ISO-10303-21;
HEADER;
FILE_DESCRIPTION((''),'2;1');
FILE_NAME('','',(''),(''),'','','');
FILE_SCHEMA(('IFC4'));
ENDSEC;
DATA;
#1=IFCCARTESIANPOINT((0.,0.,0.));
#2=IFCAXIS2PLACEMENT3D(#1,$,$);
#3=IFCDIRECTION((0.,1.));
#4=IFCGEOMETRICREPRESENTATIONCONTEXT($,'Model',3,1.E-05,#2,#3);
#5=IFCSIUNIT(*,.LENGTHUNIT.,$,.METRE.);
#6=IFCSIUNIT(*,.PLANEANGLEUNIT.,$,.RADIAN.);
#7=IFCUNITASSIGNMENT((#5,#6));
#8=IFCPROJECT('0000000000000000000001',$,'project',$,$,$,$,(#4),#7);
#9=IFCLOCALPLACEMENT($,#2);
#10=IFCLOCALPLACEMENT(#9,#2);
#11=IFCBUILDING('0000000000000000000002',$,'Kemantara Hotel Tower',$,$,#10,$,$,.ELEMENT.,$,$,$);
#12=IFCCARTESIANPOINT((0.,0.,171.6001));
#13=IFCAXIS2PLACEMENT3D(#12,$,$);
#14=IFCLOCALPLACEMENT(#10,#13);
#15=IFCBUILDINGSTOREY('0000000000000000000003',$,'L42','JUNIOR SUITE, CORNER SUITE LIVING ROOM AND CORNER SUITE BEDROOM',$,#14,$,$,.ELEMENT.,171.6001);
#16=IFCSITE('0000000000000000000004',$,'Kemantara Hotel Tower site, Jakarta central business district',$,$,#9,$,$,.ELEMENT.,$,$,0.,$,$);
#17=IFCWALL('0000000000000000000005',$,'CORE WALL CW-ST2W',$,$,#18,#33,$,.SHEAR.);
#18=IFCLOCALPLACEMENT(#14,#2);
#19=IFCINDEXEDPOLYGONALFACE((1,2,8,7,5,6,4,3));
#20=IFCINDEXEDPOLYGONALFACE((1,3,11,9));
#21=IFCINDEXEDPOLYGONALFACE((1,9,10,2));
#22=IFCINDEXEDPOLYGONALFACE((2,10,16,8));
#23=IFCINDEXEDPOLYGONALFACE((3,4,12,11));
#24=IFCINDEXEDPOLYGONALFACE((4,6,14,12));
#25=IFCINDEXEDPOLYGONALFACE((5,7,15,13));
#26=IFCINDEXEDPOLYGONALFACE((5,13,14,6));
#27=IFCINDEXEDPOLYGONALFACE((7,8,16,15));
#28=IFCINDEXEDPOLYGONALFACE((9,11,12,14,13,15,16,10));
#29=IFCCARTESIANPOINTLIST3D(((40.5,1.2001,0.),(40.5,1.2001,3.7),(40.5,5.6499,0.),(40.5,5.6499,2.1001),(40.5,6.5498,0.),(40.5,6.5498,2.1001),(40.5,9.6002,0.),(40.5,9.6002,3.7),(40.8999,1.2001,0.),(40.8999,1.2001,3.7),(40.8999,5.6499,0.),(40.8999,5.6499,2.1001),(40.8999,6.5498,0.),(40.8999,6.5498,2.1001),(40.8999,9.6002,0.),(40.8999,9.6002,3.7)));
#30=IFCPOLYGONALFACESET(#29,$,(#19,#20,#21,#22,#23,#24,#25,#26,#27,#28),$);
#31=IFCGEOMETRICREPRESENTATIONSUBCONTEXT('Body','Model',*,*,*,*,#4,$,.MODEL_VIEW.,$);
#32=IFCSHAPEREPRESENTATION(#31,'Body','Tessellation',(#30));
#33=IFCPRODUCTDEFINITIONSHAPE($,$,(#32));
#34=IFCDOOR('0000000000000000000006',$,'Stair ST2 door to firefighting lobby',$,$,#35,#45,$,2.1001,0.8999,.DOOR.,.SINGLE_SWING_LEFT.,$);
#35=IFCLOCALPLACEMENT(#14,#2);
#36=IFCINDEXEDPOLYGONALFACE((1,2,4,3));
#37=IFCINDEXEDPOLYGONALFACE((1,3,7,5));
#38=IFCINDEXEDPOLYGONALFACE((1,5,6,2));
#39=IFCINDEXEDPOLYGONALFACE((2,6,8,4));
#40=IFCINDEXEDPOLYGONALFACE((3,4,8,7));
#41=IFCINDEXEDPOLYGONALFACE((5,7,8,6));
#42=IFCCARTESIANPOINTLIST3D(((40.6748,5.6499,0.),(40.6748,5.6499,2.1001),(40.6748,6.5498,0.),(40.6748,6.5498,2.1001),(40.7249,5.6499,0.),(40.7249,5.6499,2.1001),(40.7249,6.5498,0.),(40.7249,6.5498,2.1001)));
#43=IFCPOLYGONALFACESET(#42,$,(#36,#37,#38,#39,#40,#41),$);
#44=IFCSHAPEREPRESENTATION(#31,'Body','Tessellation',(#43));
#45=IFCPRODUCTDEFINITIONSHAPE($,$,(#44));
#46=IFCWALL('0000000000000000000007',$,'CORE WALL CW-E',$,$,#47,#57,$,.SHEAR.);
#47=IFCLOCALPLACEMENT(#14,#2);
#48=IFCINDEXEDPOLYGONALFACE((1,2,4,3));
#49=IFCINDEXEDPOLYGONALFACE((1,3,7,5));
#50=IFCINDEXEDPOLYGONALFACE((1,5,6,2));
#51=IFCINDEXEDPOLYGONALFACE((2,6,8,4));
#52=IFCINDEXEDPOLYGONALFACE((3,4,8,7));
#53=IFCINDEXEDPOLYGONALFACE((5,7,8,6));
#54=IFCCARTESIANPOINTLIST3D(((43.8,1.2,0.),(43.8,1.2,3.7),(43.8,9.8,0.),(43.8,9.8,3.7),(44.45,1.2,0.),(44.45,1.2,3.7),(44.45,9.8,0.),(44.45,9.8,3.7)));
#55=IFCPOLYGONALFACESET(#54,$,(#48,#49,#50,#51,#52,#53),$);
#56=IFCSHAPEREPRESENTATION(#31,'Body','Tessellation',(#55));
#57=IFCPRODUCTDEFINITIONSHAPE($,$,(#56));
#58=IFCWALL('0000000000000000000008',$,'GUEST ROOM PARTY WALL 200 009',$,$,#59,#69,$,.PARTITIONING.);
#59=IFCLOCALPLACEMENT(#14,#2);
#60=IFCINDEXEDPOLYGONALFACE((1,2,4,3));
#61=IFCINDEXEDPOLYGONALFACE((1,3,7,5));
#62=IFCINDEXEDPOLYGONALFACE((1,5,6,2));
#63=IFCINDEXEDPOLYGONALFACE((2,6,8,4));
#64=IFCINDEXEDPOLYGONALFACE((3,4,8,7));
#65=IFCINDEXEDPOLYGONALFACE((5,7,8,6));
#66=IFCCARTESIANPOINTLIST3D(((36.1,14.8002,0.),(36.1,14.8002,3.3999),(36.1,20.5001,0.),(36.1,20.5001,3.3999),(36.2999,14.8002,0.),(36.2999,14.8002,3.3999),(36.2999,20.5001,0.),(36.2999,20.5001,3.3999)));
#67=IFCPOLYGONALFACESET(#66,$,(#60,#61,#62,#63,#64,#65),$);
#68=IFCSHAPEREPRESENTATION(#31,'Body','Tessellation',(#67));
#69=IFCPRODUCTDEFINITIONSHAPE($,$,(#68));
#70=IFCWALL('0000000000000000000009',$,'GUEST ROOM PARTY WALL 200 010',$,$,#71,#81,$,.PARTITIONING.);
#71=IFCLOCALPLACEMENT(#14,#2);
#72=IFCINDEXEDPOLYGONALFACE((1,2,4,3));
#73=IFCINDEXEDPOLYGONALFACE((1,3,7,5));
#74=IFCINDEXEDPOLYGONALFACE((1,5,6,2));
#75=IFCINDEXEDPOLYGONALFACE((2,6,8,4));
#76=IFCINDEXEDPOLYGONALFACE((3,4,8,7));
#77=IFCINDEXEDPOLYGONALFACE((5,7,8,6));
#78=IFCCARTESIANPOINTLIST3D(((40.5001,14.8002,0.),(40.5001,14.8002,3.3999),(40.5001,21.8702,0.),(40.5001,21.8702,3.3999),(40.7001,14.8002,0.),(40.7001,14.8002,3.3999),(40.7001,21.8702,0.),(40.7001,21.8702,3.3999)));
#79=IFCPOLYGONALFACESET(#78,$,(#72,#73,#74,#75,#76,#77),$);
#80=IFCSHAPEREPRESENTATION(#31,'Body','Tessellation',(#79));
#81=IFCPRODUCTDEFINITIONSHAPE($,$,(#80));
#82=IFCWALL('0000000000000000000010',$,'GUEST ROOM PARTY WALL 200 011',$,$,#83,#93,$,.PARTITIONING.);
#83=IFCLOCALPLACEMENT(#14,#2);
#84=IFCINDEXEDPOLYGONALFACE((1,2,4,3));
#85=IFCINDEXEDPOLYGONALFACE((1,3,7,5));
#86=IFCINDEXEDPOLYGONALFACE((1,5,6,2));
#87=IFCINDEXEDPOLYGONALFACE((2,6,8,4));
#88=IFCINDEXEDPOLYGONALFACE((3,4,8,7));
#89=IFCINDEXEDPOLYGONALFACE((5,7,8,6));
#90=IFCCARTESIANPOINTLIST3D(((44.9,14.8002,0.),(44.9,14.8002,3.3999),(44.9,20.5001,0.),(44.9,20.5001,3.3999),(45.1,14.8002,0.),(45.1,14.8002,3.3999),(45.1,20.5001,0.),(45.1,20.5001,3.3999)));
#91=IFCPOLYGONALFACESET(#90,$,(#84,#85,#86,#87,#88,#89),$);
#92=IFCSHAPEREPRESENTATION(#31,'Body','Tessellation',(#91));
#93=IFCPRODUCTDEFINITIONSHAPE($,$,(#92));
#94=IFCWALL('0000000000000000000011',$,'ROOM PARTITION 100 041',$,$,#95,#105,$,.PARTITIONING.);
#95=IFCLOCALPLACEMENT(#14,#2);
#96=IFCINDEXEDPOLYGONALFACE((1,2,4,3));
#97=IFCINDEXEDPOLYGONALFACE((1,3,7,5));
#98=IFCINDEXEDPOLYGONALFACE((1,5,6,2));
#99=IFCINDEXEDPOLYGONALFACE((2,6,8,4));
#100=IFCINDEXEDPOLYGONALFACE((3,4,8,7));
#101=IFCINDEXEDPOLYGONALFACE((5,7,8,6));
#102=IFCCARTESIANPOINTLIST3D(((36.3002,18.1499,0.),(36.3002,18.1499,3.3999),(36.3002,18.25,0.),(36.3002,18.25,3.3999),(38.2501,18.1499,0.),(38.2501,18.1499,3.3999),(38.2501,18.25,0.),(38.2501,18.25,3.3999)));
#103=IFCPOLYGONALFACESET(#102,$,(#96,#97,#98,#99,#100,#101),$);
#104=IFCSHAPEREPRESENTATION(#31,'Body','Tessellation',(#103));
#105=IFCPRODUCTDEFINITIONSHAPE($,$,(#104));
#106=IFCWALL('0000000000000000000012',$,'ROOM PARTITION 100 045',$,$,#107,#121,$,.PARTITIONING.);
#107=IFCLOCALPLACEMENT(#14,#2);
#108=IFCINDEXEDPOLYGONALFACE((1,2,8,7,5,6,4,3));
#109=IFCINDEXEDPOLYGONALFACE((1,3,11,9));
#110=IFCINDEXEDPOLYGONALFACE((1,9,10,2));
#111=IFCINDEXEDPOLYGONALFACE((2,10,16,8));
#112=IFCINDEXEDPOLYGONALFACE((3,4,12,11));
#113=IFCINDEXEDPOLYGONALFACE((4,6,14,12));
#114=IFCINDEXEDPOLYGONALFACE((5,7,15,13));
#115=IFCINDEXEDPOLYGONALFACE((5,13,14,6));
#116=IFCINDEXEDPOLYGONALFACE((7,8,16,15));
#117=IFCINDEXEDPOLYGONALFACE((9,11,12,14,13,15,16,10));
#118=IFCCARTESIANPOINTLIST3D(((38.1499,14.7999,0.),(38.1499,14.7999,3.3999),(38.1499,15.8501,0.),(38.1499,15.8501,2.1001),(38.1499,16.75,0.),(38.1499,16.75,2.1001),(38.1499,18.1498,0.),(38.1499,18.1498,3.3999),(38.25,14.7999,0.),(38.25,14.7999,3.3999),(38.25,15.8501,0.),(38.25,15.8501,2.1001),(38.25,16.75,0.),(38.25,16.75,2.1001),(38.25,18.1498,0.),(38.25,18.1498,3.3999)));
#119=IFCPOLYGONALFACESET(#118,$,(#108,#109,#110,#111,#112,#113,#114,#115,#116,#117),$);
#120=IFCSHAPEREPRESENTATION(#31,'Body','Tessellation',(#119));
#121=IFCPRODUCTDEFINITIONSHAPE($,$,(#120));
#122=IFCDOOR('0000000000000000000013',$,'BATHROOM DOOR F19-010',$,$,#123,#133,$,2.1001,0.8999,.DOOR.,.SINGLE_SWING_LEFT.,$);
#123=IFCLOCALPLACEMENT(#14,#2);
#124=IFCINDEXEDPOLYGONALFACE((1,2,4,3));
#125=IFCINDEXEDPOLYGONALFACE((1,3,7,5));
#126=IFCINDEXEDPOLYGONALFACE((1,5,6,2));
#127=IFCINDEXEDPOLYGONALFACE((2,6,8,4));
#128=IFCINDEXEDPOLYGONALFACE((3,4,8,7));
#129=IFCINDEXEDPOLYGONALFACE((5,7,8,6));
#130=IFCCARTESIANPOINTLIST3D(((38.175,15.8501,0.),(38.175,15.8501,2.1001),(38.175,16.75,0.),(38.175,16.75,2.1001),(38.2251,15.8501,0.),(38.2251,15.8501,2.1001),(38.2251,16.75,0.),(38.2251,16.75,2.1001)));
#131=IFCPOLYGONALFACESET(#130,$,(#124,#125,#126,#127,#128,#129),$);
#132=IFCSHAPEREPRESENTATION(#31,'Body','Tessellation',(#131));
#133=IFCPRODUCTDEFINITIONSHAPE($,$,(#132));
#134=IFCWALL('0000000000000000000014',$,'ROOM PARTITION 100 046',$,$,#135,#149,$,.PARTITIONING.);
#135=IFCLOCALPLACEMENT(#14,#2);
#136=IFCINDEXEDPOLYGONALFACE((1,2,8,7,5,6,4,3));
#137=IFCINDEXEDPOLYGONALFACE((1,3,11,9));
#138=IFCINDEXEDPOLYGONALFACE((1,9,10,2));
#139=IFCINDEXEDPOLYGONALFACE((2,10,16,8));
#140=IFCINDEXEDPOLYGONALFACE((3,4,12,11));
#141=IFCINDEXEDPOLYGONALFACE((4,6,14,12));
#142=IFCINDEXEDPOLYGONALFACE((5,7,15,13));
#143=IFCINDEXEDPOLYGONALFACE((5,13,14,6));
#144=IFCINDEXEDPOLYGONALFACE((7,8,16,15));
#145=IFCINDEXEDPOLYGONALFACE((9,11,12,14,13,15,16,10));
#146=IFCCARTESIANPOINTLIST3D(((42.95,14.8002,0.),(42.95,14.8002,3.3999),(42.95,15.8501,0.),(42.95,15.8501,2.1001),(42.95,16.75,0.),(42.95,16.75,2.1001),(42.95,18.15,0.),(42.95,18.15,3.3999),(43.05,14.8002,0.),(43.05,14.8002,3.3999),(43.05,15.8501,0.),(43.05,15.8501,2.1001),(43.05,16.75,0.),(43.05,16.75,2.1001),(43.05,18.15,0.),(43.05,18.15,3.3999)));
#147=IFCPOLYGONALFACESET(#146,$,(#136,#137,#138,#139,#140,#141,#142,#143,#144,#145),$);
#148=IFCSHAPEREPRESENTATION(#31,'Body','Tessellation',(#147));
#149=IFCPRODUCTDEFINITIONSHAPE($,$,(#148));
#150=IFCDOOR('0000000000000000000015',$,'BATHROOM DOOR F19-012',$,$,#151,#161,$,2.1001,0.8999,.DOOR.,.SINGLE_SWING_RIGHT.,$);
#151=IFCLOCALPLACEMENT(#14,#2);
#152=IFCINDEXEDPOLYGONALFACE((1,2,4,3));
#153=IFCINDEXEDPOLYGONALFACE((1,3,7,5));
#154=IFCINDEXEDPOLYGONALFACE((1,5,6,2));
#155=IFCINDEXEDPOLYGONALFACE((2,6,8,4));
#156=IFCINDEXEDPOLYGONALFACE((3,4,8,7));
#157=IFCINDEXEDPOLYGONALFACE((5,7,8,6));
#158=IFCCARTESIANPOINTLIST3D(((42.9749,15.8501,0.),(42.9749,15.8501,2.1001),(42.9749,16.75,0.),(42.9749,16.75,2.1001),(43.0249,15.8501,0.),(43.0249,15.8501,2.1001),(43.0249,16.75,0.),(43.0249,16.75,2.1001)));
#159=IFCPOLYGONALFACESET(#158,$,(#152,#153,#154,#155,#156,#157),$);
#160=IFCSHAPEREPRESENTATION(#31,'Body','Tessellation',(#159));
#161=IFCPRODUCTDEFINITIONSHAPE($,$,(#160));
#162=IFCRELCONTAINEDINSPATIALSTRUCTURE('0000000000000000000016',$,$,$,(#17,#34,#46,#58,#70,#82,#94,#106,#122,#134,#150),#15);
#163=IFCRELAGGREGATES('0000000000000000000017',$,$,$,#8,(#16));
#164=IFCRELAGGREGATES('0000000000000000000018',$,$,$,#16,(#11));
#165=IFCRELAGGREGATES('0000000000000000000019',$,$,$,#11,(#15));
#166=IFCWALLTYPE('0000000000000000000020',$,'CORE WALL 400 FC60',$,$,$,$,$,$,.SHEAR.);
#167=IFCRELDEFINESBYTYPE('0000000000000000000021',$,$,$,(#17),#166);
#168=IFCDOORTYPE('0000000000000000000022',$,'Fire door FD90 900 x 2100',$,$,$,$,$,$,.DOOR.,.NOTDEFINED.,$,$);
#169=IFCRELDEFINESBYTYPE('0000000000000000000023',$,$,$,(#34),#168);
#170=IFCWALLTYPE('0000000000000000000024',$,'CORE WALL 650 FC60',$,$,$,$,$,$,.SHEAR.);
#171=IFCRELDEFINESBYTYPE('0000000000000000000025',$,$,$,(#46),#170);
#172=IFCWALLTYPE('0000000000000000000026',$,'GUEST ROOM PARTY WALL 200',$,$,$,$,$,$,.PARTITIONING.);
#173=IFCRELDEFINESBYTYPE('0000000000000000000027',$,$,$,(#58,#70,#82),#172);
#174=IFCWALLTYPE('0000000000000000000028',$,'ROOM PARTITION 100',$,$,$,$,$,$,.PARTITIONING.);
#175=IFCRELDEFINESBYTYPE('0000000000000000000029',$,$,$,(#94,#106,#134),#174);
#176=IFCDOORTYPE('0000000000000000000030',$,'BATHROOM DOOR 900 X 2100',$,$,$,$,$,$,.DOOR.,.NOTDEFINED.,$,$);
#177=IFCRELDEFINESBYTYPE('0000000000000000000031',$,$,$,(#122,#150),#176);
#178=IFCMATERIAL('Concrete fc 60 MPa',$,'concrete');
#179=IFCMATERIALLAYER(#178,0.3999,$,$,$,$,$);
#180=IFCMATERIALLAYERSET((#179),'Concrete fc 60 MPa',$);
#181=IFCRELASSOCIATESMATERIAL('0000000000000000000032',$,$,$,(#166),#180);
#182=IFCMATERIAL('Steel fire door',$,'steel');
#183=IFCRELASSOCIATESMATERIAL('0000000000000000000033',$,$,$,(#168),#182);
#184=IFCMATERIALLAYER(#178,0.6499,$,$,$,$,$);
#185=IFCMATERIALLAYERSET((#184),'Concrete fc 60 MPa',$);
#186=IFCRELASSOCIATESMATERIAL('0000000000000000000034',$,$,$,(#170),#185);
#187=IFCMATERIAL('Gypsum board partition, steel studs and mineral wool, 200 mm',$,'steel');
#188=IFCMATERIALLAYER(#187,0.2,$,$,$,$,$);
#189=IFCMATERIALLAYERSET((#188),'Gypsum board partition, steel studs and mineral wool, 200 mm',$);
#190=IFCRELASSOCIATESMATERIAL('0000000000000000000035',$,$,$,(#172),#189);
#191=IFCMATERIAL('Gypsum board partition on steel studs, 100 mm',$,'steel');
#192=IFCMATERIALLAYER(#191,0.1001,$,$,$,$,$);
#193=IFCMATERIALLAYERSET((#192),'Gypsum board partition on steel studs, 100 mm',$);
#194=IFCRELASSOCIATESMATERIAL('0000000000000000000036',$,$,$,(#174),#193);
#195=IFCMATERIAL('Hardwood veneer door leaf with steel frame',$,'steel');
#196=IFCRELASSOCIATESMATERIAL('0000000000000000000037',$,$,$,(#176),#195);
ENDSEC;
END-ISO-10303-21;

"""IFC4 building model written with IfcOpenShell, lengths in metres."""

from ifc_helpers import new_model, si_unit, direction, frame, frame_2d, origin, place, context, subcontext, project, spatial, rectangle, extrude, material, layer, layer_set, type_object, element, fill, save


model = new_model("IFC4")

# Units and contexts
model_context = context("Model", 3, precision=1e-05, world=origin(), true_north=direction((0.0, 1.0)))
body_context = subcontext(model_context, "Body", "Model", "MODEL_VIEW")
ifc_project = project(units=[si_unit("LENGTHUNIT", "METRE"), si_unit("PLANEANGLEUNIT", "RADIAN")], contexts=[model_context])

# Site, building, storey
site_placement = place(None, origin())
site = spatial("IfcSite", under=ifc_project, at=site_placement, Name="Kemantara Hotel Tower site, Jakarta central business district", CompositionType="ELEMENT", RefElevation=0.0)
building_placement = place(site_placement, origin())
building = spatial("IfcBuilding", under=site, at=building_placement, Name="Kemantara Hotel Tower", CompositionType="ELEMENT")
storey_placement = place(building_placement, frame((0.0, 0.0, 171.6001)))
storey = spatial("IfcBuildingStorey", under=building, at=storey_placement, Name="L42", Description="JUNIOR SUITE, CORNER SUITE LIVING ROOM AND CORNER SUITE BEDROOM", CompositionType="ELEMENT", Elevation=171.6001)

# Shared definitions
ifc_material_1 = material(Name="Concrete fc 60 MPa", Category="concrete")

# Wall, opening, door
ifc_layer_1 = layer(ifc_material_1, 0.3999)
ifc_layer_set_1 = layer_set([ifc_layer_1], Name="Concrete fc 60 MPa")
wall_type_1 = type_object("IfcWallType", Name="CORE WALL 400 FC60", PredefinedType="SHEAR", material=ifc_layer_set_1)
ifc_material_2 = material(Name="Steel fire door", Category="steel")
wall_1_placement = place(storey_placement, frame((40.7, 1.2, 0.0), z_axis=(0.0, 0.0, 1.0), x_axis=(0.0, 1.0, 0.0)))
wall_1 = element("IfcWall", 1, at=wall_1_placement, inside=storey, type_object=wall_type_1, Name="CORE WALL CW-ST2W", PredefinedType="SHEAR", context=body_context, shape_type="SweptSolid", body=[
    extrude(rectangle(XDim=8.4001, YDim=0.3999, at=frame_2d((4.2002, 0.0))), origin(), (0.0, 0.0, 1.0), 3.7),
])
opening_1_placement = place(wall_1_placement, frame((4.45, 0.0, 0.0)))
opening_1 = element("IfcOpeningElement", 2, at=opening_1_placement, cuts=wall_1, PredefinedType="OPENING", context=body_context, shape_type="SweptSolid", body=[
    extrude(rectangle(XDim=0.8999, YDim=2.1001, at=frame_2d((0.45, 1.05))), frame((0.0, 0.21, 0.0), z_axis=(0.0, -1.0, 0.0), x_axis=(1.0, 0.0, 0.0)), (0.0, 0.0, 1.0), 0.4199),
])
door_type_1 = type_object("IfcDoorType", Name="Fire door FD90 900 x 2100", OperationType="NOTDEFINED", PredefinedType="DOOR", material=ifc_material_2)
door_1_placement = place(opening_1_placement, frame((0.8999, 0.0, 0.0), z_axis=(0.0, 0.0, 1.0), x_axis=(-1.0, 0.0, 0.0)))
door_1 = element("IfcDoor", 3, at=door_1_placement, inside=storey, type_object=door_type_1, Name="Stair ST2 door to firefighting lobby", OperationType="SINGLE_SWING_LEFT", OverallHeight=2.1001, OverallWidth=0.8999, PredefinedType="DOOR", context=body_context, shape_type="SweptSolid", body=[
    extrude(rectangle(XDim=0.8999, YDim=2.1001, at=frame_2d((0.45, 1.05))), frame((0.0, 0.0249, 0.0), z_axis=(0.0, -1.0, 0.0), x_axis=(1.0, 0.0, 0.0)), (0.0, 0.0, 1.0), 0.05),
])
fill(opening_1, door_1)

# Walls
ifc_layer_2 = layer(ifc_material_1, 0.6499)
ifc_layer_set_2 = layer_set([ifc_layer_2], Name="Concrete fc 60 MPa")
wall_type_2 = type_object("IfcWallType", Name="CORE WALL 650 FC60", PredefinedType="SHEAR", material=ifc_layer_set_2)
wall_2_placement = place(storey_placement, frame((44.125, 1.2, 0.0), z_axis=(0.0, 0.0, 1.0), x_axis=(0.0, 1.0, 0.0)))
element("IfcWall", 4, at=wall_2_placement, inside=storey, type_object=wall_type_2, Name="CORE WALL CW-E", PredefinedType="SHEAR", context=body_context, shape_type="SweptSolid", body=[
    extrude(rectangle(XDim=8.6001, YDim=0.6499, at=frame_2d((4.3, 0.0))), origin(), (0.0, 0.0, 1.0), 3.7),
])
ifc_material_3 = material(Name="Gypsum board partition, steel studs and mineral wool, 200 mm", Category="steel")
ifc_layer_3 = layer(ifc_material_3, 0.2)
ifc_layer_set_3 = layer_set([ifc_layer_3], Name="Gypsum board partition, steel studs and mineral wool, 200 mm")
wall_type_3 = type_object("IfcWallType", Name="GUEST ROOM PARTY WALL 200", PredefinedType="PARTITIONING", material=ifc_layer_set_3)
wall_3_placement = place(storey_placement, frame((36.2, 14.8, 0.0), z_axis=(0.0, 0.0, 1.0), x_axis=(0.0, 1.0, 0.0)))
element("IfcWall", 5, at=wall_3_placement, inside=storey, type_object=wall_type_3, Name="GUEST ROOM PARTY WALL 200 009", PredefinedType="PARTITIONING", context=body_context, shape_type="SweptSolid", body=[
    extrude(rectangle(XDim=5.7, YDim=0.2, at=frame_2d((2.8501, 0.0))), origin(), (0.0, 0.0, 1.0), 3.3999),
])
wall_4_placement = place(storey_placement, frame((40.6001, 14.8, 0.0), z_axis=(0.0, 0.0, 1.0), x_axis=(0.0, 1.0, 0.0)))
element("IfcWall", 6, at=wall_4_placement, inside=storey, type_object=wall_type_3, Name="GUEST ROOM PARTY WALL 200 010", PredefinedType="PARTITIONING", context=body_context, shape_type="SweptSolid", body=[
    extrude(rectangle(XDim=7.0701, YDim=0.2, at=frame_2d((3.5352, 0.0))), origin(), (0.0, 0.0, 1.0), 3.3999),
])
wall_5_placement = place(storey_placement, frame((45.0, 14.8, 0.0), z_axis=(0.0, 0.0, 1.0), x_axis=(0.0, 1.0, 0.0)))
element("IfcWall", 7, at=wall_5_placement, inside=storey, type_object=wall_type_3, Name="GUEST ROOM PARTY WALL 200 011", PredefinedType="PARTITIONING", context=body_context, shape_type="SweptSolid", body=[
    extrude(rectangle(XDim=5.7, YDim=0.2, at=frame_2d((2.8501, 0.0))), origin(), (0.0, 0.0, 1.0), 3.3999),
])
ifc_material_4 = material(Name="Gypsum board partition on steel studs, 100 mm", Category="steel")
ifc_layer_4 = layer(ifc_material_4, 0.1001)
ifc_layer_set_4 = layer_set([ifc_layer_4], Name="Gypsum board partition on steel studs, 100 mm")
wall_type_4 = type_object("IfcWallType", Name="ROOM PARTITION 100", PredefinedType="PARTITIONING", material=ifc_layer_set_4)
wall_6_placement = place(storey_placement, frame((36.3, 18.2, 0.0), z_axis=(0.0, 0.0, 1.0), x_axis=(1.0, 0.0, 0.0)))
element("IfcWall", 8, at=wall_6_placement, inside=storey, type_object=wall_type_4, Name="ROOM PARTITION 100 041", PredefinedType="PARTITIONING", context=body_context, shape_type="SweptSolid", body=[
    extrude(rectangle(XDim=1.95, YDim=0.1001, at=frame_2d((0.9751, 0.0))), origin(), (0.0, 0.0, 1.0), 3.3999),
])

# Walls, openings, doors
wall_7_placement = place(storey_placement, frame((38.2, 14.8, 0.0), z_axis=(0.0, 0.0, 1.0), x_axis=(0.0, 1.0, 0.0)))
wall_7 = element("IfcWall", 9, at=wall_7_placement, inside=storey, type_object=wall_type_4, Name="ROOM PARTITION 100 045", PredefinedType="PARTITIONING", context=body_context, shape_type="SweptSolid", body=[
    extrude(rectangle(XDim=3.3499, YDim=0.1001, at=frame_2d((1.6748, 0.0))), origin(), (0.0, 0.0, 1.0), 3.3999),
])
opening_2_placement = place(wall_7_placement, frame((1.05, 0.0, 0.0)))
opening_2 = element("IfcOpeningElement", 10, at=opening_2_placement, cuts=wall_7, PredefinedType="OPENING", context=body_context, shape_type="SweptSolid", body=[
    extrude(rectangle(XDim=0.8999, YDim=2.1001, at=frame_2d((0.45, 1.05))), frame((0.0, 0.0601, 0.0), z_axis=(0.0, -1.0, 0.0), x_axis=(1.0, 0.0, 0.0)), (0.0, 0.0, 1.0), 0.1201),
])
ifc_material_5 = material(Name="Hardwood veneer door leaf with steel frame", Category="steel")
door_type_2 = type_object("IfcDoorType", Name="BATHROOM DOOR 900 X 2100", OperationType="NOTDEFINED", PredefinedType="DOOR", material=ifc_material_5)
door_2_placement = place(opening_2_placement, origin())
door_2 = element("IfcDoor", 11, at=door_2_placement, inside=storey, type_object=door_type_2, Name="BATHROOM DOOR F19-010", OperationType="SINGLE_SWING_LEFT", OverallHeight=2.1001, OverallWidth=0.8999, PredefinedType="DOOR", context=body_context, shape_type="SweptSolid", body=[
    extrude(rectangle(XDim=0.8999, YDim=2.1001, at=frame_2d((0.45, 1.05))), frame((0.0, 0.0249, 0.0), z_axis=(0.0, -1.0, 0.0), x_axis=(1.0, 0.0, 0.0)), (0.0, 0.0, 1.0), 0.05),
])
fill(opening_2, door_2)
wall_8_placement = place(storey_placement, frame((43.0, 18.1499, 0.0), z_axis=(0.0, 0.0, 1.0), x_axis=(0.0, -1.0, 0.0)))
wall_8 = element("IfcWall", 12, at=wall_8_placement, inside=storey, type_object=wall_type_4, Name="ROOM PARTITION 100 046", PredefinedType="PARTITIONING", context=body_context, shape_type="SweptSolid", body=[
    extrude(rectangle(XDim=3.3499, YDim=0.1001, at=frame_2d((1.6748, 0.0))), origin(), (0.0, 0.0, 1.0), 3.3999),
])
opening_3_placement = place(wall_8_placement, frame((1.3999, 0.0, 0.0)))
opening_3 = element("IfcOpeningElement", 13, at=opening_3_placement, cuts=wall_8, PredefinedType="OPENING", context=body_context, shape_type="SweptSolid", body=[
    extrude(rectangle(XDim=0.8999, YDim=2.1001, at=frame_2d((0.45, 1.05))), frame((0.0, 0.0601, 0.0), z_axis=(0.0, -1.0, 0.0), x_axis=(1.0, 0.0, 0.0)), (0.0, 0.0, 1.0), 0.1201),
])
door_3_placement = place(opening_3_placement, origin())
door_3 = element("IfcDoor", 14, at=door_3_placement, inside=storey, type_object=door_type_2, Name="BATHROOM DOOR F19-012", OperationType="SINGLE_SWING_RIGHT", OverallHeight=2.1001, OverallWidth=0.8999, PredefinedType="DOOR", context=body_context, shape_type="SweptSolid", body=[
    extrude(rectangle(XDim=0.8999, YDim=2.1001, at=frame_2d((0.45, 1.05))), frame((0.0, 0.0249, 0.0), z_axis=(0.0, -1.0, 0.0), x_axis=(1.0, 0.0, 0.0)), (0.0, 0.0, 1.0), 0.05),
])
fill(opening_3, door_3)

save(model, "model.ifc")
